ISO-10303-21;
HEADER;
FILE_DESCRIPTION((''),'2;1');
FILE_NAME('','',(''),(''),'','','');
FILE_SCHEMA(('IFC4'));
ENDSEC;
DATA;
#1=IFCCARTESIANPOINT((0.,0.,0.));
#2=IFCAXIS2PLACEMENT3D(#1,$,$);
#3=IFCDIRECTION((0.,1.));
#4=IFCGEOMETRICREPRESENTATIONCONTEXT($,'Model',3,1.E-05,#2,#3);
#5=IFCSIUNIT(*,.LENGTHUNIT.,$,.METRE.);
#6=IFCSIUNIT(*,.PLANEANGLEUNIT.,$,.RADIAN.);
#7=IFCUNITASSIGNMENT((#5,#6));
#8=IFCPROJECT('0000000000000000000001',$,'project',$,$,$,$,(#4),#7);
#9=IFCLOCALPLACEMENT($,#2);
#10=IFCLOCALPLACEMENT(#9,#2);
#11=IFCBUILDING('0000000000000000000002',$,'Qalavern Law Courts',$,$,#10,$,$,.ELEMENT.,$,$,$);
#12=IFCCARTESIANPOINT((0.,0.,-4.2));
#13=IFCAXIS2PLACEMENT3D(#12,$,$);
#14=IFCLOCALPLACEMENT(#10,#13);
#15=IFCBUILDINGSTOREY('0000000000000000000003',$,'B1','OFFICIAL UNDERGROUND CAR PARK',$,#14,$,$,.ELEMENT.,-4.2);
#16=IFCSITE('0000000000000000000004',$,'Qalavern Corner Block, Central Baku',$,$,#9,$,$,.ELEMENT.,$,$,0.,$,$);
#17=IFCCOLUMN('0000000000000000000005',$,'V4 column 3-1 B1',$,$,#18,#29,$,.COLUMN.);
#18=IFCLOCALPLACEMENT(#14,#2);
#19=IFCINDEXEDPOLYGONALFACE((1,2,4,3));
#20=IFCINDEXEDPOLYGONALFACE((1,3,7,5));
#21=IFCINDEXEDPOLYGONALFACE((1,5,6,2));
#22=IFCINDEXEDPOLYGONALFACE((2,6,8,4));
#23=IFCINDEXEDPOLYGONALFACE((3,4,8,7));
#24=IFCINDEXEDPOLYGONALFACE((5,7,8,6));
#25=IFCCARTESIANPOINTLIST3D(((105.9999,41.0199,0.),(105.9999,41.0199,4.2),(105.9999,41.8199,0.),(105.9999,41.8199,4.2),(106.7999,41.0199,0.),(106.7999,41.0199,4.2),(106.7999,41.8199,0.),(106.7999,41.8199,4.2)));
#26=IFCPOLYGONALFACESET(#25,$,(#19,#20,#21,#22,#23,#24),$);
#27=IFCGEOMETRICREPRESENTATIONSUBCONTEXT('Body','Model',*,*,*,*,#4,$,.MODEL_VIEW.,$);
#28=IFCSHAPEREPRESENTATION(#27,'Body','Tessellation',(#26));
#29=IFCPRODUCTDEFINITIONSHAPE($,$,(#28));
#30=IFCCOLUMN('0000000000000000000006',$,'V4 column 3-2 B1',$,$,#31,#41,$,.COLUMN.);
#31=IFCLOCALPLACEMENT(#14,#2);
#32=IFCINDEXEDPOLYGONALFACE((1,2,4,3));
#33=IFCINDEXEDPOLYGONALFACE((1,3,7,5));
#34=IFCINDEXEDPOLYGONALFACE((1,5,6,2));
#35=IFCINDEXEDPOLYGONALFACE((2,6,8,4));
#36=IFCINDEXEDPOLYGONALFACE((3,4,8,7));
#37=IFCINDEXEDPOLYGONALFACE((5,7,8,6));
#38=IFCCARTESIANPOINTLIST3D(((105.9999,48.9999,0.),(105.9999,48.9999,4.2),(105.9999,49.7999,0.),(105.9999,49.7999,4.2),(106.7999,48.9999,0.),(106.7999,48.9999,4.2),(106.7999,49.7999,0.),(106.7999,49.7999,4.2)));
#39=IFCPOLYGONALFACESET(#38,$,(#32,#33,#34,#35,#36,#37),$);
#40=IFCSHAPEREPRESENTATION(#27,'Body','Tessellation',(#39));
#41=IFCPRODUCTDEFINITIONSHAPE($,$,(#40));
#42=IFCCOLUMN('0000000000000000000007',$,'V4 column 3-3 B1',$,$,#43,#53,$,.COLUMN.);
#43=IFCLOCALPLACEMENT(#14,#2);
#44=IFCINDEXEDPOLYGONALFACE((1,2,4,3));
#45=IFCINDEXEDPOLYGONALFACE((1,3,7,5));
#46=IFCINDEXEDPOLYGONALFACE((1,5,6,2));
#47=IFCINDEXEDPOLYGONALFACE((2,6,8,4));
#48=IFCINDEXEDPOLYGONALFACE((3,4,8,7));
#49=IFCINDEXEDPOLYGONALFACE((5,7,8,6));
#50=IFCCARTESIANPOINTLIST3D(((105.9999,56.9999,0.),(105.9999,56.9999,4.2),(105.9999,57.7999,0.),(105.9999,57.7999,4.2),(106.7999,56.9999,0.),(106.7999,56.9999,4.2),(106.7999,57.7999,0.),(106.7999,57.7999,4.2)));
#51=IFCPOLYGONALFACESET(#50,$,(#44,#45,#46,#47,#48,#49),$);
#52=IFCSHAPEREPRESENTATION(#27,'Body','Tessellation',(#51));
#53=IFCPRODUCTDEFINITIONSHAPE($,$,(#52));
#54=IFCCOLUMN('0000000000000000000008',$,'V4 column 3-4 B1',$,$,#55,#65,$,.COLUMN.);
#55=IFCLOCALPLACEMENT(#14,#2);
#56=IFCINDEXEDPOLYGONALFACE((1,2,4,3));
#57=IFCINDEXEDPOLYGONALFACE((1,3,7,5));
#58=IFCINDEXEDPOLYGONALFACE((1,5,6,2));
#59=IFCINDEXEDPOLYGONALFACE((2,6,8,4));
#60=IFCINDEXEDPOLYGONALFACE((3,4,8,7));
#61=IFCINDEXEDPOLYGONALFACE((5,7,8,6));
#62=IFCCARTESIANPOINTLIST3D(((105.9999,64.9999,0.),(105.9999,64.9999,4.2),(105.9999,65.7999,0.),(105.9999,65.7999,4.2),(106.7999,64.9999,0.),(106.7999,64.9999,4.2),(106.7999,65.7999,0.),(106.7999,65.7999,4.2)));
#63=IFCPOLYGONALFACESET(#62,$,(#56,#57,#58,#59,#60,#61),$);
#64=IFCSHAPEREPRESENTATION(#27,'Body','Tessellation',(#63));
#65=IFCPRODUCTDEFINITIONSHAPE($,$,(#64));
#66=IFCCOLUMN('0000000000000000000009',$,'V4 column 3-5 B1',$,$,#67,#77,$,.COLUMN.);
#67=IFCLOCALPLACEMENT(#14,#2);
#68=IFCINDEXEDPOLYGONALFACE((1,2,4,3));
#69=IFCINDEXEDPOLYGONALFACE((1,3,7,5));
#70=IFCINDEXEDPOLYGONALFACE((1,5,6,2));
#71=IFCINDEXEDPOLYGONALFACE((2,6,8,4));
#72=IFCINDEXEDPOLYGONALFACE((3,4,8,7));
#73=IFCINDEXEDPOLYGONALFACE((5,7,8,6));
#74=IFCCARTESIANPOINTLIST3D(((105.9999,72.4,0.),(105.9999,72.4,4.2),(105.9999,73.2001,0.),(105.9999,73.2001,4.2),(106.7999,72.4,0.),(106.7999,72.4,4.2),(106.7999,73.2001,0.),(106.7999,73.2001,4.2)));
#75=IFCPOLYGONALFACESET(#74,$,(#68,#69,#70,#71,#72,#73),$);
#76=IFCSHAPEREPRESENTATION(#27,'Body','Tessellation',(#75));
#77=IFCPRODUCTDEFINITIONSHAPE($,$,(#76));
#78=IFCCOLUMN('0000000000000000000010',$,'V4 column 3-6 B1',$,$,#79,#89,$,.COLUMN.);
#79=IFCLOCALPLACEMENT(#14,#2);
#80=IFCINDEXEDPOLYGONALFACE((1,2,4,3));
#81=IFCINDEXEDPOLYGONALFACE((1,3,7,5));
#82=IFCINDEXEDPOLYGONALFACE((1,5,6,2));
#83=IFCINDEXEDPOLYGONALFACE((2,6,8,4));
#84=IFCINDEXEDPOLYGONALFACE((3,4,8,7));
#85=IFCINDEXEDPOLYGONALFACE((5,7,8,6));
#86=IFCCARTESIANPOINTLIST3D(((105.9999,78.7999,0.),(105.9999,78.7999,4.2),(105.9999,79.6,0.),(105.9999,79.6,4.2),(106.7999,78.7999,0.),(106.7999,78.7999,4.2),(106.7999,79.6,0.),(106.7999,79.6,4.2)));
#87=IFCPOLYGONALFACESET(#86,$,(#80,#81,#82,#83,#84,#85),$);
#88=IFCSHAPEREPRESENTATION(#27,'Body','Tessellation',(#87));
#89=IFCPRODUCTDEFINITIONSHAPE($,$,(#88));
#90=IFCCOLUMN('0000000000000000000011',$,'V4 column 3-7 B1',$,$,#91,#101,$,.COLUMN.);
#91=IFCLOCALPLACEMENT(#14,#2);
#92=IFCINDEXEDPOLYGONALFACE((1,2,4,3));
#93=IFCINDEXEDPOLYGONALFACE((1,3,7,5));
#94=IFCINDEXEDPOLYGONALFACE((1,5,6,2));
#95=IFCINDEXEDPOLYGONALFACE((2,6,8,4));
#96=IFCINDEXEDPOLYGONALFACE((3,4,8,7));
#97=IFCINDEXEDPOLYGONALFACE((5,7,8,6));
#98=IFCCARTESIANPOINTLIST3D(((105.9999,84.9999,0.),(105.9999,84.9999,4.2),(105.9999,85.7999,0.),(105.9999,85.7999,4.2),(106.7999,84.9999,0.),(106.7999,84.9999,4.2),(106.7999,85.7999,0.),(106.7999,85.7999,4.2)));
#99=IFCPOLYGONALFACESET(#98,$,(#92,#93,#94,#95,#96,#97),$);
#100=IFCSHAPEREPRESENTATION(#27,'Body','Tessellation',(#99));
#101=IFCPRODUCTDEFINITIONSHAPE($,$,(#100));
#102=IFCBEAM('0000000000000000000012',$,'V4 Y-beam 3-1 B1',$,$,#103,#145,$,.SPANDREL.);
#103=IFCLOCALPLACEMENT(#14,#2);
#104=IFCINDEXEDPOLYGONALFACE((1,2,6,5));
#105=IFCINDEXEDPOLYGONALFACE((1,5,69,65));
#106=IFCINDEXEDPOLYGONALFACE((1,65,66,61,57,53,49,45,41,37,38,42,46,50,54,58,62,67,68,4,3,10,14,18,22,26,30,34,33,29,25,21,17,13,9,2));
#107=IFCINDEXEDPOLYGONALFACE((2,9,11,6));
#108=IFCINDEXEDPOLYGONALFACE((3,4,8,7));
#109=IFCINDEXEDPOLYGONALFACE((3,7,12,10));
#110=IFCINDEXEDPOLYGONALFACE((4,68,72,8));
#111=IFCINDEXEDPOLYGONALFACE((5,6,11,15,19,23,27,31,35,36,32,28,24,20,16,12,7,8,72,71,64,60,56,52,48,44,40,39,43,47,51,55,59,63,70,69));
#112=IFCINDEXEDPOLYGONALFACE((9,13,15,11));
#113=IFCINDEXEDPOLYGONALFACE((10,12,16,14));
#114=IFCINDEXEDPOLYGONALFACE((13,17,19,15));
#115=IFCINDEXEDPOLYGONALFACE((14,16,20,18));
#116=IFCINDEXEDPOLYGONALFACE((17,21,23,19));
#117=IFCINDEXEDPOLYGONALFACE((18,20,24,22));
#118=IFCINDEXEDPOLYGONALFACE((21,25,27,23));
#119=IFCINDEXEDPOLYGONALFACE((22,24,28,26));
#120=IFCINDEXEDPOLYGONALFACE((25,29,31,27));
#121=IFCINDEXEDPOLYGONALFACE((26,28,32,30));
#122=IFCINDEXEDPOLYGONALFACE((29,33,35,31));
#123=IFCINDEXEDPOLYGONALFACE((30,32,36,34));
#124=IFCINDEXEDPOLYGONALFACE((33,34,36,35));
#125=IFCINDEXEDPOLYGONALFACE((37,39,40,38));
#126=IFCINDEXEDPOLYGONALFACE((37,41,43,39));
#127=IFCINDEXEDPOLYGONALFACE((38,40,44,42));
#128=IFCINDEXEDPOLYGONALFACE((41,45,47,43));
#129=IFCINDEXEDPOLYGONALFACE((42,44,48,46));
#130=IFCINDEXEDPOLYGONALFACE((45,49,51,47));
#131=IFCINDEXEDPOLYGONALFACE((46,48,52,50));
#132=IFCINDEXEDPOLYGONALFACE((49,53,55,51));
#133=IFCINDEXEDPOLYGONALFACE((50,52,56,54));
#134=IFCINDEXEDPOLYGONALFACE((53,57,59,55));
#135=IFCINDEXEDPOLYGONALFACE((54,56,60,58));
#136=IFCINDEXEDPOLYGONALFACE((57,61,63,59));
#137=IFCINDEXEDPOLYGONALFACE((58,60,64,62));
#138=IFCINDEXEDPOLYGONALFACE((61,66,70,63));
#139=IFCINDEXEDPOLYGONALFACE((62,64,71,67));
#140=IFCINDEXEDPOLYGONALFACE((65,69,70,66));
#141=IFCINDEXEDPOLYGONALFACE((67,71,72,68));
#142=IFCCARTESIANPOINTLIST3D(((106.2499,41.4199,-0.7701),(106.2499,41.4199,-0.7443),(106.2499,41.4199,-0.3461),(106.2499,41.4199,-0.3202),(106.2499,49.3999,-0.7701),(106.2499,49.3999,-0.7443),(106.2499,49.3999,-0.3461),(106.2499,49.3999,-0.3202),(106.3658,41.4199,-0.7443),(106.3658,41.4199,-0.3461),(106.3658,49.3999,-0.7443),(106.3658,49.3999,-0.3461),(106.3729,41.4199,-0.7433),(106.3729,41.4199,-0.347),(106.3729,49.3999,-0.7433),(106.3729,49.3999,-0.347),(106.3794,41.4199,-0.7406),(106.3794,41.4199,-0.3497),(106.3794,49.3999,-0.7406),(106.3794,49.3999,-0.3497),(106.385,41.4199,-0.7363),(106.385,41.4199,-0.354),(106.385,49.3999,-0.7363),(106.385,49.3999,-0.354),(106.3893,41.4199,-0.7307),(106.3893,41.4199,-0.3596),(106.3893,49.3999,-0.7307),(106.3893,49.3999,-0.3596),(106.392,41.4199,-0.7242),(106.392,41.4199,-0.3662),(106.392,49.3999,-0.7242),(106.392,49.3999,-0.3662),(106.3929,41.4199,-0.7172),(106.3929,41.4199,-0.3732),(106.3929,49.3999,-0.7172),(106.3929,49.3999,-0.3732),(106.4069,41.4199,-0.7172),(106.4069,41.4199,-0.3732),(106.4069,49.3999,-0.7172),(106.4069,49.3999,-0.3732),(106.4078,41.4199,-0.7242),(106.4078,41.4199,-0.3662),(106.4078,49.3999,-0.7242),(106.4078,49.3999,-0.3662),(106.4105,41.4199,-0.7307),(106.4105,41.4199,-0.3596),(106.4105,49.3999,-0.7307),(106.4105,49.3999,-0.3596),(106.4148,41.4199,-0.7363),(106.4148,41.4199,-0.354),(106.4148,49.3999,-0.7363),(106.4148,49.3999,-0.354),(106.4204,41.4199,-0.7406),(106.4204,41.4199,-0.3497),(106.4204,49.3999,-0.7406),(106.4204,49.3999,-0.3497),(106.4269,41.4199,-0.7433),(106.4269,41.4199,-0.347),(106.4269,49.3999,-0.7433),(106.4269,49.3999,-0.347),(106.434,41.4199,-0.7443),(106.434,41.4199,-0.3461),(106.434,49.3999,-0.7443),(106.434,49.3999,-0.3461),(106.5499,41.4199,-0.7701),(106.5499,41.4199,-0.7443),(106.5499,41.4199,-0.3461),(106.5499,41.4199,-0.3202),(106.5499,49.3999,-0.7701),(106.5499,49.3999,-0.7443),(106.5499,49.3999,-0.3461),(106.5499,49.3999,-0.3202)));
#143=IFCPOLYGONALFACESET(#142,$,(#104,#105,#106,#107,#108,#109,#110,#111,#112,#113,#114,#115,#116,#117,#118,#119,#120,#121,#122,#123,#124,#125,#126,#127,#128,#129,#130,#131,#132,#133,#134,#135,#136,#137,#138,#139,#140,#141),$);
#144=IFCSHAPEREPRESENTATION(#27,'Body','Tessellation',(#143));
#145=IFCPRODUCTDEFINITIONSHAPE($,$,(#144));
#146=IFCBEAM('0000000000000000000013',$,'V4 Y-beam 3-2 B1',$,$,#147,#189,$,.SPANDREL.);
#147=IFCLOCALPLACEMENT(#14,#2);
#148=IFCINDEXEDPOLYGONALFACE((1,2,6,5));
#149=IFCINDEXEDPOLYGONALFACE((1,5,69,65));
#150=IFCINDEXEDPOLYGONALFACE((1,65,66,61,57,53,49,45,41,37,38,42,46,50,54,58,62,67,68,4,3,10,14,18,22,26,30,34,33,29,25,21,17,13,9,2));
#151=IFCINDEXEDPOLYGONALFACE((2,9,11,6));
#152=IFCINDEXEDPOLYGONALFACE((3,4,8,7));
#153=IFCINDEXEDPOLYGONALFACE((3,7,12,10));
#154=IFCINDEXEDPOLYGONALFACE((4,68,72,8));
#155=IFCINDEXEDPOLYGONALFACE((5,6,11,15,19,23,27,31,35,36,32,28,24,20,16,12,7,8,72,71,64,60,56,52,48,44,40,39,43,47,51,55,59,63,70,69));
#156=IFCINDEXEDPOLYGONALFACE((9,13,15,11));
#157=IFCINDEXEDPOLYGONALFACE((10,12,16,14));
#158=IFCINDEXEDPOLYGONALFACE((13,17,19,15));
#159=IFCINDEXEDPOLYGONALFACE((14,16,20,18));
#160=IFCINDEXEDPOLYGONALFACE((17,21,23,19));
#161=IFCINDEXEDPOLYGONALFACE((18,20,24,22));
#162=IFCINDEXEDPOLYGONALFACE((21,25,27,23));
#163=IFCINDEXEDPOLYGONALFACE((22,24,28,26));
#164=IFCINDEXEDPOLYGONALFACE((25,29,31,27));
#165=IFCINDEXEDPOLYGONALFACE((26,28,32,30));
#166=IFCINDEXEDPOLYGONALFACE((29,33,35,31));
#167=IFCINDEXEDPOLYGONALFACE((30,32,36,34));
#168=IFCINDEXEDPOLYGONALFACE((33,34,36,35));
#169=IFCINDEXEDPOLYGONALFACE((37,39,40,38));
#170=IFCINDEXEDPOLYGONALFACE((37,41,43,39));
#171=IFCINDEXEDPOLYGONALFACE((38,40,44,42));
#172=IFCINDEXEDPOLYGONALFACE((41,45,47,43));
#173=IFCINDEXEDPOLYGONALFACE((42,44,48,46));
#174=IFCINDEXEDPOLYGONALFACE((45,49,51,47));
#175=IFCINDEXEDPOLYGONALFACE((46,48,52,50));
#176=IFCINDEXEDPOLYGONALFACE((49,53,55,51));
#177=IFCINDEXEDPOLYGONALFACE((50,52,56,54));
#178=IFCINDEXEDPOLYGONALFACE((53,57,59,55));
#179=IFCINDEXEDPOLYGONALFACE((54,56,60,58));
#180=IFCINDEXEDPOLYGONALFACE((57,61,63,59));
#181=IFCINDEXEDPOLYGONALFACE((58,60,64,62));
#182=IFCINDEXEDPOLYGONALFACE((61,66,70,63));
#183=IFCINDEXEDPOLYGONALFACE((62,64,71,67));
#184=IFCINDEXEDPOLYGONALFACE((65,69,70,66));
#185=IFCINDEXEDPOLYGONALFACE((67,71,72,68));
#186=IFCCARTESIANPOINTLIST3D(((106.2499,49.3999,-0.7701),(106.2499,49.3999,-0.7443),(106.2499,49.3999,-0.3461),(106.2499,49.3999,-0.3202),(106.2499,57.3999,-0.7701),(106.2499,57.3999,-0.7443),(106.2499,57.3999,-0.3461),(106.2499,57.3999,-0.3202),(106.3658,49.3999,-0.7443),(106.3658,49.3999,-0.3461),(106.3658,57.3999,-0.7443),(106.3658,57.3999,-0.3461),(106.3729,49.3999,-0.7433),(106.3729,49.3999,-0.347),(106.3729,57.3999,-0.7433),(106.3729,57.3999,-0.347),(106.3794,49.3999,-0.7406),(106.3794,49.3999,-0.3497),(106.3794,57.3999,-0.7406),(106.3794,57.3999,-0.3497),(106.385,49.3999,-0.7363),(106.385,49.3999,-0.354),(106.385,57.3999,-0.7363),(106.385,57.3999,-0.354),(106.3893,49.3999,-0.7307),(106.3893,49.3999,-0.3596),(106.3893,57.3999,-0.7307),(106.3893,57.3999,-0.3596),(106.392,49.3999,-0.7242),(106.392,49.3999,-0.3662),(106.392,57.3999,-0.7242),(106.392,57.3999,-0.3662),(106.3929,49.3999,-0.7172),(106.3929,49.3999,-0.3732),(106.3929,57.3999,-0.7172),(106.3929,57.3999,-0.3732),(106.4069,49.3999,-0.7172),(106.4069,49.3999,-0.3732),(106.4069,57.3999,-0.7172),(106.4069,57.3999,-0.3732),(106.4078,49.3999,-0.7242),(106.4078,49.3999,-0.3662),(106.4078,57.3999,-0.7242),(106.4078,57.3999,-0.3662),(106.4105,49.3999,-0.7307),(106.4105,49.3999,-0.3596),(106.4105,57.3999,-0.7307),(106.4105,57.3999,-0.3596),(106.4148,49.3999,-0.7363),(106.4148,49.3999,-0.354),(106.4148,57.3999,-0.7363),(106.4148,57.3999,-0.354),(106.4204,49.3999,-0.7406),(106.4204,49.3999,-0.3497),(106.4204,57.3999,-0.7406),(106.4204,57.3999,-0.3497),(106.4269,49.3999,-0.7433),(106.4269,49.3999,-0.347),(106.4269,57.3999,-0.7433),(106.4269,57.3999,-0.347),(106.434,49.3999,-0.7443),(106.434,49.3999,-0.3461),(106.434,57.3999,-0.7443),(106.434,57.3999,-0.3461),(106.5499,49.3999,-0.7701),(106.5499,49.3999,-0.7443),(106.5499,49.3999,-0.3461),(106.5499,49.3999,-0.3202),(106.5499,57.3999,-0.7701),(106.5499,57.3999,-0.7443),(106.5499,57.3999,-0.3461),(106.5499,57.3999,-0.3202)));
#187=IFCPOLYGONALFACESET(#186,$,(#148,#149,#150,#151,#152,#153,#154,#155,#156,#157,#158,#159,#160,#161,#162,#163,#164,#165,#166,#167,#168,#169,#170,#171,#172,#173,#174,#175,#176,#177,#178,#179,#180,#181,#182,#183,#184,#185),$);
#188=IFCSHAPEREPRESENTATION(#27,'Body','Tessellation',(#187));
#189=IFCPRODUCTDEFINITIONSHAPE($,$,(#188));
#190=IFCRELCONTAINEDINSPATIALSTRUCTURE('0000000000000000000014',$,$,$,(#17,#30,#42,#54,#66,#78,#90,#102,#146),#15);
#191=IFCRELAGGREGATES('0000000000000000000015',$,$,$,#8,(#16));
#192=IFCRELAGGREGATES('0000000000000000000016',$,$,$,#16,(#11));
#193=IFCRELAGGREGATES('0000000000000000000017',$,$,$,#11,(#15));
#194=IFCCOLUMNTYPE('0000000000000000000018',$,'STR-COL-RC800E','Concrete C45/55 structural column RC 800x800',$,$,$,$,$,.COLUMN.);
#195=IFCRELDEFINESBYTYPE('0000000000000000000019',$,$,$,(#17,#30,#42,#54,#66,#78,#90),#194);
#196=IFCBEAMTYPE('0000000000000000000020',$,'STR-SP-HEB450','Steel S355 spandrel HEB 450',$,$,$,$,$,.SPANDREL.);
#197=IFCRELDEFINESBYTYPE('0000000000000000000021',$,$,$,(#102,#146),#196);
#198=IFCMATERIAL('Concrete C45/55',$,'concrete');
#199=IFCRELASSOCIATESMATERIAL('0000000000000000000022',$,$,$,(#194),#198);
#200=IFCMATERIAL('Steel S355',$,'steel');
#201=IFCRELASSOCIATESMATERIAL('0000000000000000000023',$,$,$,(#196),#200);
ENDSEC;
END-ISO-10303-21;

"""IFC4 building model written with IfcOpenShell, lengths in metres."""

from ifc_helpers import new_model, si_unit, direction, frame, origin, origin_2d, place, context, subcontext, project, spatial, rectangle, i_section, extrude, material, material_profile, profile_set, type_object, element, save


model = new_model("IFC4")

# Units and contexts
model_context = context("Model", 3, precision=1e-05, world=origin(), true_north=direction((0.0, 1.0)))
body_context = subcontext(model_context, "Body", "Model", "MODEL_VIEW")
ifc_project = project(units=[si_unit("LENGTHUNIT", "METRE"), si_unit("PLANEANGLEUNIT", "RADIAN")], contexts=[model_context])

# Site, building, storey
site_placement = place(None, origin())
site = spatial("IfcSite", under=ifc_project, at=site_placement, Name="Qalavern Corner Block, Central Baku", CompositionType="ELEMENT", RefElevation=0.0)
building_placement = place(site_placement, origin())
building = spatial("IfcBuilding", under=site, at=building_placement, Name="Qalavern Law Courts", CompositionType="ELEMENT")
storey_placement = place(building_placement, frame((0.0, 0.0, -4.2)))
storey = spatial("IfcBuildingStorey", under=building, at=storey_placement, Name="B1", Description="OFFICIAL UNDERGROUND CAR PARK", CompositionType="ELEMENT", Elevation=-4.2)

# Columns
ifc_material_1 = material(Name="Concrete C45/55", Category="concrete")
ifc_material_profile_1 = material_profile(ifc_material_1, rectangle(XDim=0.8, YDim=0.8, at=origin_2d()), Name="RC 800x800")
ifc_profile_set_1 = profile_set([ifc_material_profile_1], Name="Concrete C45/55")
column_type = type_object("IfcColumnType", Name="STR-COL-RC800E", Description="Concrete C45/55 structural column RC 800x800", PredefinedType="COLUMN", material=ifc_profile_set_1)
for number, where, z_axis, x_axis, name in (
    (1, (106.3999, 41.4199, 0.0), (0.0, 0.0, 1.0), (1.0, 0.0, 0.0), "V4 column 3-1 B1"),
    (2, (106.3999, 49.3999, 0.0), (0.0, 0.0, 1.0), (1.0, 0.0, 0.0), "V4 column 3-2 B1"),
    (3, (106.3999, 57.3999, 0.0), (0.0, 0.0, 1.0), (1.0, 0.0, 0.0), "V4 column 3-3 B1"),
    (4, (106.3999, 65.3999, 0.0), (0.0, 0.0, 1.0), (1.0, 0.0, 0.0), "V4 column 3-4 B1"),
    (5, (106.3999, 72.8, 0.0), (0.0, 0.0, 1.0), (1.0, 0.0, 0.0), "V4 column 3-5 B1"),
    (6, (106.3999, 79.2, 0.0), (0.0, 0.0, 1.0), (1.0, 0.0, 0.0), "V4 column 3-6 B1"),
    (7, (106.3999, 85.3999, 0.0), (0.0, 0.0, 1.0), (1.0, 0.0, 0.0), "V4 column 3-7 B1"),
):
    element("IfcColumn", number, at=place(storey_placement, frame(where, z_axis=z_axis, x_axis=x_axis)), inside=storey, type_object=column_type, Name=name, PredefinedType="COLUMN", context=body_context, shape_type="SweptSolid", body=[
        extrude(rectangle(XDim=0.8, YDim=0.8, at=origin_2d()), origin(), (0.0, 0.0, 1.0), 4.2),
    ])

# Beams
ifc_material_2 = material(Name="Steel S355", Category="steel")
ifc_material_profile_2 = material_profile(ifc_material_2, i_section(OverallWidth=0.3, OverallDepth=0.45, WebThickness=0.0139, FlangeThickness=0.0259, FilletRadius=0.0271, at=origin_2d()), Name="HEB 450")
ifc_profile_set_2 = profile_set([ifc_material_profile_2], Name="Steel S355")
beam_type = type_object("IfcBeamType", Name="STR-SP-HEB450", Description="Steel S355 spandrel HEB 450", PredefinedType="SPANDREL", material=ifc_profile_set_2)
beam_1_placement = place(storey_placement, frame((106.3999, 41.4199, -0.5452), z_axis=(0.0, 1.0, 0.0), x_axis=(-1.0, 0.0, 0.0)))
element("IfcBeam", 8, at=beam_1_placement, inside=storey, type_object=beam_type, Name="V4 Y-beam 3-1 B1", PredefinedType="SPANDREL", context=body_context, shape_type="SweptSolid", body=[
    extrude(i_section(OverallWidth=0.3, OverallDepth=0.45, WebThickness=0.0139, FlangeThickness=0.0259, FilletRadius=0.0271, at=origin_2d()), origin(), (0.0, 0.0, 1.0), 7.98),
])
for number, where, z_axis, x_axis, name in (
    (9, (106.3999, 49.3999, -0.5452), (0.0, 1.0, 0.0), (-1.0, 0.0, 0.0), "V4 Y-beam 3-2 B1"),
):
    element("IfcBeam", number, at=place(storey_placement, frame(where, z_axis=z_axis, x_axis=x_axis)), inside=storey, type_object=beam_type, Name=name, PredefinedType="SPANDREL", context=body_context, shape_type="SweptSolid", body=[
        extrude(i_section(OverallWidth=0.3, OverallDepth=0.45, WebThickness=0.0139, FlangeThickness=0.0259, FilletRadius=0.0271, at=origin_2d()), origin(), (0.0, 0.0, 1.0), 8.0),
    ])

save(model, "model.ifc")
